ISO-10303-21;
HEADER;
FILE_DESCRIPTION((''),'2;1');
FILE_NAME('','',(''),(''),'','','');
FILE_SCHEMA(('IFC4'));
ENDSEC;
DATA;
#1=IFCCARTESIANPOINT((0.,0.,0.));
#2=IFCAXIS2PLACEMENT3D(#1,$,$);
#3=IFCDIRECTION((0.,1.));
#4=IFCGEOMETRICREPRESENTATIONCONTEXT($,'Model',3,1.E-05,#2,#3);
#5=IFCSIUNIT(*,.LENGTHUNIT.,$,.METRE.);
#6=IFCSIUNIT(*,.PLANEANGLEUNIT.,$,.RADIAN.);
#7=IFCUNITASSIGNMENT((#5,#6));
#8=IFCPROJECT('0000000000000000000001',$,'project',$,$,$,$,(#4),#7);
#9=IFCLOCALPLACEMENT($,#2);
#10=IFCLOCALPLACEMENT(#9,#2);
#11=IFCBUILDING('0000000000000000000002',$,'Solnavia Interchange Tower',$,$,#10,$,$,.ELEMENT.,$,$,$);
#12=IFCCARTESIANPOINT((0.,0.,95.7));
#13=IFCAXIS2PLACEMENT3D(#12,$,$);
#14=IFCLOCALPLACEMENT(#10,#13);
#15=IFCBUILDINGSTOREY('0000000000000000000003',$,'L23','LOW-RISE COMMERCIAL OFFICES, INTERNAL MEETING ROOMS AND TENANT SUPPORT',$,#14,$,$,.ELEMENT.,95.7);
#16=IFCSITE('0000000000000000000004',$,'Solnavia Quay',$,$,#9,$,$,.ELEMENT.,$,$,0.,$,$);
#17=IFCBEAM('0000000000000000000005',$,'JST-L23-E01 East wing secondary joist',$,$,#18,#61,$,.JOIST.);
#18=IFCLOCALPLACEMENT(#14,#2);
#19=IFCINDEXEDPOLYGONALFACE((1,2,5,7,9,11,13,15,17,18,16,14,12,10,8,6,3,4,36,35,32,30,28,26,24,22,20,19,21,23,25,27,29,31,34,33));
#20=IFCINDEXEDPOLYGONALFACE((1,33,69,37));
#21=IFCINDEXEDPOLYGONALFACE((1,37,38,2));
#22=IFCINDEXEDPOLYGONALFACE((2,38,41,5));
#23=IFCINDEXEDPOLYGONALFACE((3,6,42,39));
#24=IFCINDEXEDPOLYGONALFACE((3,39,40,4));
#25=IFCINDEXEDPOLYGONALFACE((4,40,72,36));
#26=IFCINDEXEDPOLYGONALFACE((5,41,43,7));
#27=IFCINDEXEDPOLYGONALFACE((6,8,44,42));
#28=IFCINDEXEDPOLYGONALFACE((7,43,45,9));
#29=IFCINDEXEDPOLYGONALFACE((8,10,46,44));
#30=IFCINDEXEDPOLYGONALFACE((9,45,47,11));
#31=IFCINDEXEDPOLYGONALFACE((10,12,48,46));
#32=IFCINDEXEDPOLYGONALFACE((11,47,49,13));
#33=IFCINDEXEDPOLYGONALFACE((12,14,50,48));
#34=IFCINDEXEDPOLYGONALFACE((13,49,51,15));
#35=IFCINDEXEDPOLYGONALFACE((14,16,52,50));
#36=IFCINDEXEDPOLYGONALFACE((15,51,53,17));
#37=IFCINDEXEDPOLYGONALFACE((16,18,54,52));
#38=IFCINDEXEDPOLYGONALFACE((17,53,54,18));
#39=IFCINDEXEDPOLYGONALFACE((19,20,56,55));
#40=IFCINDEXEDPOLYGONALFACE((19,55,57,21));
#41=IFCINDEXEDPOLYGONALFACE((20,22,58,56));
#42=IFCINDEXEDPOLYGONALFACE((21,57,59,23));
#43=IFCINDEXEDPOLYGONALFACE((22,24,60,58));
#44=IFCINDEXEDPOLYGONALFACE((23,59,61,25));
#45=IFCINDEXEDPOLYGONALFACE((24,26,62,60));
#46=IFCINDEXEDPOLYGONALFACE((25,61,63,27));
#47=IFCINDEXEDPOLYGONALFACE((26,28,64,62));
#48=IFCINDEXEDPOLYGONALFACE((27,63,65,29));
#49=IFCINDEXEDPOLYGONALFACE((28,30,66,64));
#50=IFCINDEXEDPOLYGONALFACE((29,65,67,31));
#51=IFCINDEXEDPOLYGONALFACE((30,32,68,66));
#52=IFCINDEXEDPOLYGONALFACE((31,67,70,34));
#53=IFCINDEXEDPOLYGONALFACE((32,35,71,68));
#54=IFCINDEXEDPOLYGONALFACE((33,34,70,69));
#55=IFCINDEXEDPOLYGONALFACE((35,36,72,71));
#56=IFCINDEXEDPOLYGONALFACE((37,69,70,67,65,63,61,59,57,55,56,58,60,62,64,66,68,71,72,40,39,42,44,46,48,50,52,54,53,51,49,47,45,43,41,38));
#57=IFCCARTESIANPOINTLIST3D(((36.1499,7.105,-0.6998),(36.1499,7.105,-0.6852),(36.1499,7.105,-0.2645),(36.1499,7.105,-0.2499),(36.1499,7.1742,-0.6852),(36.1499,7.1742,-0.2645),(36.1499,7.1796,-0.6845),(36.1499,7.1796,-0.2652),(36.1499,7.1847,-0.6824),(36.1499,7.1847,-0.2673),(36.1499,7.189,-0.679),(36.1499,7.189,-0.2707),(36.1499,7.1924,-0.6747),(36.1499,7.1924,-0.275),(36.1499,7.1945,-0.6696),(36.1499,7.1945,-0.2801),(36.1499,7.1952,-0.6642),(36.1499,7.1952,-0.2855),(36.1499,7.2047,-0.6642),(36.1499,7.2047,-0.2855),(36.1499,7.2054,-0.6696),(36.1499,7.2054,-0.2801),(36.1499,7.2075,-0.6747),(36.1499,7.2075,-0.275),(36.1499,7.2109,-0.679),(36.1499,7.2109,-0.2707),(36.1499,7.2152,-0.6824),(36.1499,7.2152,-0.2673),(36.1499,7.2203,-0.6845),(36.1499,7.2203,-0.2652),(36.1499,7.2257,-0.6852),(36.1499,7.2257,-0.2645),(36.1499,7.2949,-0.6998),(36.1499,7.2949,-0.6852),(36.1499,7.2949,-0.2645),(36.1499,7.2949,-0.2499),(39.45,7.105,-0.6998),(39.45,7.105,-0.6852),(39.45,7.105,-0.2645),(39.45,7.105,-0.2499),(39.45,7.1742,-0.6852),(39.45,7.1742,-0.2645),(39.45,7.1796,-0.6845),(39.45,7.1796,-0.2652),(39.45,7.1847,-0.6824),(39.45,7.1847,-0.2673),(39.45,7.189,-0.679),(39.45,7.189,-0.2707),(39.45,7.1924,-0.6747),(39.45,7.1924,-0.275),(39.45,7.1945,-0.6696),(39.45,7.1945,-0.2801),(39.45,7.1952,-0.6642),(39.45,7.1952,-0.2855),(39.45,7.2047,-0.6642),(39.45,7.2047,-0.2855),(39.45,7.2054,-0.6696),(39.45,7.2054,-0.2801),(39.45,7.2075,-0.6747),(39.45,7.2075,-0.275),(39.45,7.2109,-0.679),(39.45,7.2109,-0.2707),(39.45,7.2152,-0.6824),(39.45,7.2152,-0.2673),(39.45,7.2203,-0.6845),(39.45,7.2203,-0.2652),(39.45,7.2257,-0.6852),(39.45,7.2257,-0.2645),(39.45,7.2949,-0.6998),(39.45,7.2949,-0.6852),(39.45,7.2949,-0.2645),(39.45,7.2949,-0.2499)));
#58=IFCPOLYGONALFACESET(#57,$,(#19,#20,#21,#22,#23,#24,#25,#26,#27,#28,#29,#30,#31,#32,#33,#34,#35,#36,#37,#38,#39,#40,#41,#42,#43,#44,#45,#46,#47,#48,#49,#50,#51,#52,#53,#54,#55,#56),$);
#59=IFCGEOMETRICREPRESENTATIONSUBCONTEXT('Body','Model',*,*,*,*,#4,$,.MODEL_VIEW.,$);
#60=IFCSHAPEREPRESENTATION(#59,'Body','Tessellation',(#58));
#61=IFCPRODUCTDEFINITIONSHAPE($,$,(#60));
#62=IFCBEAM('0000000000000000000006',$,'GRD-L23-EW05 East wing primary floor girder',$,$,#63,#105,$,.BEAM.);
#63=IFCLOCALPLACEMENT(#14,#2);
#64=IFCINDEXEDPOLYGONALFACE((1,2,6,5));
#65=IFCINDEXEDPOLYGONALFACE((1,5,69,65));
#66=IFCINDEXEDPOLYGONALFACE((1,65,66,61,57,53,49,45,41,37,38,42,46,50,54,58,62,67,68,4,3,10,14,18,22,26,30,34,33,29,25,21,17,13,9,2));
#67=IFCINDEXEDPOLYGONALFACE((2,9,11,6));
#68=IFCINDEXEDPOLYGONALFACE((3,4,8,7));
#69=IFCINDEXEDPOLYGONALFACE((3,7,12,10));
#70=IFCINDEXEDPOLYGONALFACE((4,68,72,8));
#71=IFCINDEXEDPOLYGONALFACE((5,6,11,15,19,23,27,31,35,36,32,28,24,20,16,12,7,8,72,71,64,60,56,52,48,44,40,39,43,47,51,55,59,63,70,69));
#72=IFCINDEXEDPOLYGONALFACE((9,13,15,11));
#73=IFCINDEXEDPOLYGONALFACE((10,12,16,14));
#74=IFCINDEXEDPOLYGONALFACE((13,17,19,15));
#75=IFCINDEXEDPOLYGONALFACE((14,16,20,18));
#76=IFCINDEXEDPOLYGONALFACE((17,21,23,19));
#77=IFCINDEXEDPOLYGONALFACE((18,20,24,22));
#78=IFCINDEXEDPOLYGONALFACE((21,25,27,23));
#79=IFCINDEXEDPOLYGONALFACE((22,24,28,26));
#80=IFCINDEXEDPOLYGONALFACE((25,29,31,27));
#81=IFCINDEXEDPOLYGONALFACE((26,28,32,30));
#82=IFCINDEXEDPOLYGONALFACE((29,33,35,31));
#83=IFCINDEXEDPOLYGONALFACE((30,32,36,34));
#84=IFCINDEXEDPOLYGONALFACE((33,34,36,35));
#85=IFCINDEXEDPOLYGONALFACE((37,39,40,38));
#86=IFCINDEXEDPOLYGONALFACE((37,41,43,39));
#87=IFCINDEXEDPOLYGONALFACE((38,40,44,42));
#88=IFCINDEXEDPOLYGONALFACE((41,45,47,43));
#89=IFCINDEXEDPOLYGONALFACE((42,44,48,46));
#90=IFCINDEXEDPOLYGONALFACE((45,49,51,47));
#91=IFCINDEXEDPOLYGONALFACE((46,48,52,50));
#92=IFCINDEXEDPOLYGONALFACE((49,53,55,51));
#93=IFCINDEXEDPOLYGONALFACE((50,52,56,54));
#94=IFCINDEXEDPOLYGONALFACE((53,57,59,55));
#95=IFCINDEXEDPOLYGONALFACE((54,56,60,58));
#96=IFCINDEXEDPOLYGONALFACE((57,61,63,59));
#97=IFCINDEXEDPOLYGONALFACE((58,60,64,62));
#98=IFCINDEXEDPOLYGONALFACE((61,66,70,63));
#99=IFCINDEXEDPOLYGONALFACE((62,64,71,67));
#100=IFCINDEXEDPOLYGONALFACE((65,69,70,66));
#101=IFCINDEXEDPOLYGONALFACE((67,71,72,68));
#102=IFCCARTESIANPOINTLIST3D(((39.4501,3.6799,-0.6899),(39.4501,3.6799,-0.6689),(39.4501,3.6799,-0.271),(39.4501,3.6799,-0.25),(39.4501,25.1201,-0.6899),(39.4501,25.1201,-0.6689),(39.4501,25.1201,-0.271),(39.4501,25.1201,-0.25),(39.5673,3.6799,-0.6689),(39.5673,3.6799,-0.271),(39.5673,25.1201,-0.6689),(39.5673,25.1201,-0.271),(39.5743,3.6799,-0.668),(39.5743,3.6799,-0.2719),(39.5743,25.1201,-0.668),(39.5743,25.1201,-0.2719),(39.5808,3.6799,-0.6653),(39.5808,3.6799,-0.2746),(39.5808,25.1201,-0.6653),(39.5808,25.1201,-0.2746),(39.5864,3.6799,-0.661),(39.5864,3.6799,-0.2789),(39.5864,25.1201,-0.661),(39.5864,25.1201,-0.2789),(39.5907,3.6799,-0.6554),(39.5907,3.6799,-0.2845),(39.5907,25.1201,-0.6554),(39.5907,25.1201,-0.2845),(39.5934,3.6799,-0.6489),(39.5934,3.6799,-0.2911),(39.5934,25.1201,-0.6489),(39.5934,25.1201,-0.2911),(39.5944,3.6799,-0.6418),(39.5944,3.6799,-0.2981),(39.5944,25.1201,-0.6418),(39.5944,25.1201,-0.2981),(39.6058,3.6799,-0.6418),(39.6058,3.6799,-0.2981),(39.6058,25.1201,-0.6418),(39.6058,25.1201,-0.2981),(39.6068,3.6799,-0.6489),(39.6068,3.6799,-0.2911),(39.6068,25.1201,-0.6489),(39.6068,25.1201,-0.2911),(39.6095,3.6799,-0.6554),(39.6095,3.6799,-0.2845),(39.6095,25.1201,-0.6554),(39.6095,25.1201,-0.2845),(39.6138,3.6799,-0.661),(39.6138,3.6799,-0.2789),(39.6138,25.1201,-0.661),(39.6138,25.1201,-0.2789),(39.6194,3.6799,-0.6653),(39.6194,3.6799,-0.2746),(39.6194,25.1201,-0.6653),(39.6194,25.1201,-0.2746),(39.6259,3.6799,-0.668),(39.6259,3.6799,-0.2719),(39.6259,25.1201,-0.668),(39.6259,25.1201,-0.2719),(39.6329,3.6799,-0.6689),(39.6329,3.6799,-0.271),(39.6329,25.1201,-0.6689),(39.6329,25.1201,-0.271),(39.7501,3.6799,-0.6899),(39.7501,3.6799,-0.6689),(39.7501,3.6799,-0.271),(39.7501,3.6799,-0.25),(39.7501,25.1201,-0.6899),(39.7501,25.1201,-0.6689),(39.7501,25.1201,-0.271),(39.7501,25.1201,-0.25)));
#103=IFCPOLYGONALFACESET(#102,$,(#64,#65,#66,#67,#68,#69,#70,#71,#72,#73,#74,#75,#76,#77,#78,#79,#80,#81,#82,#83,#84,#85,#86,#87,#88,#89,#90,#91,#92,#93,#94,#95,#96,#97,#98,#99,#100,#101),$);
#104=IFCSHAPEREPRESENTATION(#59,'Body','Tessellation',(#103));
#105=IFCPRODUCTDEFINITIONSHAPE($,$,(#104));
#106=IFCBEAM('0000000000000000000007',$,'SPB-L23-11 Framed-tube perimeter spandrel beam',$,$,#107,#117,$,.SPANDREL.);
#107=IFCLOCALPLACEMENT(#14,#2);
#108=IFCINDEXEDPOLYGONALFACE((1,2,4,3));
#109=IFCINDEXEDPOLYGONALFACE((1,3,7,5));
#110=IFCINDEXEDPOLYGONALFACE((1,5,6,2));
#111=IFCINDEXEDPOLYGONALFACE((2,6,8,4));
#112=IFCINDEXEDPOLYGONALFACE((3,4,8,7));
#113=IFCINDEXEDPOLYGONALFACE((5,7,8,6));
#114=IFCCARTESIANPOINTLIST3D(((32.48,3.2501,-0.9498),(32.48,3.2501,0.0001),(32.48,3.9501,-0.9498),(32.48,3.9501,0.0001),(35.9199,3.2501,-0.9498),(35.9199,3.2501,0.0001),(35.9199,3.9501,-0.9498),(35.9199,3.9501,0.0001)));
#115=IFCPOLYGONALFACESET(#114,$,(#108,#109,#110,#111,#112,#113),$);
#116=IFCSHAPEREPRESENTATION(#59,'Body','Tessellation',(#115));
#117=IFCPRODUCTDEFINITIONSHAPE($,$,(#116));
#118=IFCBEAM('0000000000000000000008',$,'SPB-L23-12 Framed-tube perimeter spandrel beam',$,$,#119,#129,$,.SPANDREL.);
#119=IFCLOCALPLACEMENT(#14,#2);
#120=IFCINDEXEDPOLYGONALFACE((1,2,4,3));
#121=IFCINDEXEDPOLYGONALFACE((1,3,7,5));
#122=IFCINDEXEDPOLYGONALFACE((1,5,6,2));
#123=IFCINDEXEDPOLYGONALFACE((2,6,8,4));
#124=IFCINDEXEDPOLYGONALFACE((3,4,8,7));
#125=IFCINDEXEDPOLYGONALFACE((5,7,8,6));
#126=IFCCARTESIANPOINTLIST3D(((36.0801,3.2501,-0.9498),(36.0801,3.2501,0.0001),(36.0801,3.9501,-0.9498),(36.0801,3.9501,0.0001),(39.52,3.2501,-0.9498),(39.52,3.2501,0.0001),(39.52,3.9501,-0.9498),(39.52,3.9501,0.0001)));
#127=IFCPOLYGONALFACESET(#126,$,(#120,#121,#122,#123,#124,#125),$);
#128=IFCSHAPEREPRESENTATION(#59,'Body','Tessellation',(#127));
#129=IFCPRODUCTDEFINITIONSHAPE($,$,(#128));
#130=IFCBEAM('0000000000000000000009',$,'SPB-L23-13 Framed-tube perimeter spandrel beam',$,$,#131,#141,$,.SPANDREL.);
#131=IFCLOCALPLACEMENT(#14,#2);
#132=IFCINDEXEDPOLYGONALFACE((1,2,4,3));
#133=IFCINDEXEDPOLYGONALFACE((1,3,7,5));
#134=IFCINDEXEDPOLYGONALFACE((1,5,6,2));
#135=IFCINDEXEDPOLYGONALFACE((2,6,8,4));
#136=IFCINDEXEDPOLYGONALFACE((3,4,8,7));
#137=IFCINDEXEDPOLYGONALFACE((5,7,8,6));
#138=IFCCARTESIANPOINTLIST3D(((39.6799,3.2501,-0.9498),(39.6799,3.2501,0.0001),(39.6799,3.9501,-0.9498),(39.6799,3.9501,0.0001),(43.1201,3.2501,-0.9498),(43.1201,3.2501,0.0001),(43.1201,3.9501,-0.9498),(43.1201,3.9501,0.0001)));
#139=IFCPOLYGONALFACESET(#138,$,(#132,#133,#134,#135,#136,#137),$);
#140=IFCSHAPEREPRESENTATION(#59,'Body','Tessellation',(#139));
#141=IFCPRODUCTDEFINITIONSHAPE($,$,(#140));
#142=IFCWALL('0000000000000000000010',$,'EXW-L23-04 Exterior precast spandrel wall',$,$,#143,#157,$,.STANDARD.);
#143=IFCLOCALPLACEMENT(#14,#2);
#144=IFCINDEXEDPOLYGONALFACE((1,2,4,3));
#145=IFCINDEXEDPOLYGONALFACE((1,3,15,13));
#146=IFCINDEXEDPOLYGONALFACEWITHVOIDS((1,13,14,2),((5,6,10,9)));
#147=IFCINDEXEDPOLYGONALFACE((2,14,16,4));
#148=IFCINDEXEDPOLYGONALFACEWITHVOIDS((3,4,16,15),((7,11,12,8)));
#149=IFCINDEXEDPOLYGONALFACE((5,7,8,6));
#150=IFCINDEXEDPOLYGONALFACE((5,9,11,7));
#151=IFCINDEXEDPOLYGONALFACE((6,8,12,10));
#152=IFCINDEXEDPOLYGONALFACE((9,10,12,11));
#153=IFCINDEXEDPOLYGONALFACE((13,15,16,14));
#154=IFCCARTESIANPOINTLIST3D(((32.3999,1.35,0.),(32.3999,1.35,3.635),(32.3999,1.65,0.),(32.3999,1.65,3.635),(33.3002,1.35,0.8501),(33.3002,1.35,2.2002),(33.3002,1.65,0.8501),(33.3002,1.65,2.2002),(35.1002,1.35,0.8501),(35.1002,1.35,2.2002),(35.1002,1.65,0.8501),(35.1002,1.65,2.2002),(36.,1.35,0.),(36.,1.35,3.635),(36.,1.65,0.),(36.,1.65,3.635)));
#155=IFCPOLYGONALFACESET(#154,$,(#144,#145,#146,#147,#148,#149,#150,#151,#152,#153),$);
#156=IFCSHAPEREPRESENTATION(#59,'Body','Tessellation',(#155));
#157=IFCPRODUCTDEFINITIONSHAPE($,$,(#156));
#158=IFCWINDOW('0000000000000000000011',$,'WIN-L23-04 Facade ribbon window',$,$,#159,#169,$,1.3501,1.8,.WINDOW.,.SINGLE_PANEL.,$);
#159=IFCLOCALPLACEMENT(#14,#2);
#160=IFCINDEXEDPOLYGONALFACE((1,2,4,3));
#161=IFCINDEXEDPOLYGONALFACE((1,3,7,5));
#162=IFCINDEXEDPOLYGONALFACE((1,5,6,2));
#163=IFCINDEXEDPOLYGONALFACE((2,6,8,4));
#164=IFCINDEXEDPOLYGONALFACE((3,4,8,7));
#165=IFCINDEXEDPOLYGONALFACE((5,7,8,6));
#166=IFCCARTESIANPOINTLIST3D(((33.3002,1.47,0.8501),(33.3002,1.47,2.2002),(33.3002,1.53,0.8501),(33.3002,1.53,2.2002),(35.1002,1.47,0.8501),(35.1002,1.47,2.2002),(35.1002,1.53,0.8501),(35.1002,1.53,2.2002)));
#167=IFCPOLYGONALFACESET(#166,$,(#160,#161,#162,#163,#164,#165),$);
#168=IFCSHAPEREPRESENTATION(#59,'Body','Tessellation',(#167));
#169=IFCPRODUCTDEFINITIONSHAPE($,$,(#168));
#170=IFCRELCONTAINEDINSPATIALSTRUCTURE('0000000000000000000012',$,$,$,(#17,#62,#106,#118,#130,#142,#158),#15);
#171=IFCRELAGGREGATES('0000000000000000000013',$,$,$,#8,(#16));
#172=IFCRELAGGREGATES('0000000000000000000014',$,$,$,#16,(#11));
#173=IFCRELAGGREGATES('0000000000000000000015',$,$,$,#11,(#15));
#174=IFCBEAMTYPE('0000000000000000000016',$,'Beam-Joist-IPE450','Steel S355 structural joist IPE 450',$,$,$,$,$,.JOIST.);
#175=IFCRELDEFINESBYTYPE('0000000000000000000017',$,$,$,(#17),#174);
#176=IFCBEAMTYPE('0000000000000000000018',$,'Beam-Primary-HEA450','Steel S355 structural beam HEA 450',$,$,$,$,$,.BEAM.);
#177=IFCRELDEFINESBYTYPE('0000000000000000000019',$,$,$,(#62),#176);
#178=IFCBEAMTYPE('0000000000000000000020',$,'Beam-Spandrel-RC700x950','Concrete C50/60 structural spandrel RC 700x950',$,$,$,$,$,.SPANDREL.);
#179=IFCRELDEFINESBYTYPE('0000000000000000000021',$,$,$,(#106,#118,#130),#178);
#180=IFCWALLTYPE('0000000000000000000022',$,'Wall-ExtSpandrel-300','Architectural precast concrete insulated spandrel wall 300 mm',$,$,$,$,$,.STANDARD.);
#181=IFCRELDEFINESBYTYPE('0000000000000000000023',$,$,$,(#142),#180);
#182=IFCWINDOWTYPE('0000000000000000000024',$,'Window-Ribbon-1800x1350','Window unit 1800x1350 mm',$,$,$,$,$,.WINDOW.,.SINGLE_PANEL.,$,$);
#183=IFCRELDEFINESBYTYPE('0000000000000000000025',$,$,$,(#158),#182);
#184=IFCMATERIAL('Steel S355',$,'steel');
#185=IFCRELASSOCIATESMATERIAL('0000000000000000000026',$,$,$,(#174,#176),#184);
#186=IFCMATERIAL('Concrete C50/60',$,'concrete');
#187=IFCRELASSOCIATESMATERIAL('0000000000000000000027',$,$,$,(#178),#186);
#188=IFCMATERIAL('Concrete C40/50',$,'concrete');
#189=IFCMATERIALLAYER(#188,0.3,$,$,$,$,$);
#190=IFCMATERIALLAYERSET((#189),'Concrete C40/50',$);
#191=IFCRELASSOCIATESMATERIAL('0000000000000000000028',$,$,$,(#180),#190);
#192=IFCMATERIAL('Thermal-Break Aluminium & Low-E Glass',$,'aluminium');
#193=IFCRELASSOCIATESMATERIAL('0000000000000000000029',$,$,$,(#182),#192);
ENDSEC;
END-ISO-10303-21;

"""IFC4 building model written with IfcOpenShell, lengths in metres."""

from ifc_helpers import new_model, si_unit, direction, frame, frame_2d, origin, origin_2d, place, context, subcontext, project, spatial, rectangle, i_section, extrude, material, layer, layer_set, material_profile, profile_set, type_object, element, fill, save


model = new_model("IFC4")

# Units and contexts
model_context = context("Model", 3, precision=1e-05, world=origin(), true_north=direction((0.0, 1.0)))
body_context = subcontext(model_context, "Body", "Model", "MODEL_VIEW")
ifc_project = project(units=[si_unit("LENGTHUNIT", "METRE"), si_unit("PLANEANGLEUNIT", "RADIAN")], contexts=[model_context])

# Site, building, storey
site_placement = place(None, origin())
site = spatial("IfcSite", under=ifc_project, at=site_placement, Name="Solnavia Quay", CompositionType="ELEMENT", RefElevation=0.0)
building_placement = place(site_placement, origin())
building = spatial("IfcBuilding", under=site, at=building_placement, Name="Solnavia Interchange Tower", CompositionType="ELEMENT")
storey_placement = place(building_placement, frame((0.0, 0.0, 95.7)))
storey = spatial("IfcBuildingStorey", under=building, at=storey_placement, Name="L23", Description="LOW-RISE COMMERCIAL OFFICES, INTERNAL MEETING ROOMS AND TENANT SUPPORT", CompositionType="ELEMENT", Elevation=95.7)

# Shared definitions
ifc_material_1 = material(Name="Concrete C50/60", Category="concrete")
ifc_material_2 = material(Name="Steel S355", Category="steel")

# Beams
ifc_material_profile_1 = material_profile(ifc_material_2, i_section(OverallWidth=0.1899, OverallDepth=0.45, WebThickness=0.0095, FlangeThickness=0.0146, FilletRadius=0.021, at=origin_2d()), Name="IPE 450")
ifc_profile_set_1 = profile_set([ifc_material_profile_1], Name="Steel S355")
beam_type_1 = type_object("IfcBeamType", Name="Beam-Joist-IPE450", Description="Steel S355 structural joist IPE 450", PredefinedType="JOIST", material=ifc_profile_set_1)
beam_1_placement = place(storey_placement, frame((36.1499, 7.2, -0.4749), z_axis=(1.0, 0.0, 0.0), x_axis=(0.0, 1.0, 0.0)))
element("IfcBeam", 1, at=beam_1_placement, inside=storey, type_object=beam_type_1, Name="JST-L23-E01 East wing secondary joist", PredefinedType="JOIST", context=body_context, shape_type="SweptSolid", body=[
    extrude(i_section(OverallWidth=0.1899, OverallDepth=0.45, WebThickness=0.0095, FlangeThickness=0.0146, FilletRadius=0.021, at=origin_2d()), origin(), (0.0, 0.0, 1.0), 3.3),
])
ifc_material_profile_2 = material_profile(ifc_material_2, i_section(OverallWidth=0.3, OverallDepth=0.4399, WebThickness=0.0115, FlangeThickness=0.021, FilletRadius=0.0271, at=origin_2d()), Name="HEA 450")
ifc_profile_set_2 = profile_set([ifc_material_profile_2], Name="Steel S355")
beam_type_2 = type_object("IfcBeamType", Name="Beam-Primary-HEA450", Description="Steel S355 structural beam HEA 450", PredefinedType="BEAM", material=ifc_profile_set_2)
beam_2_placement = place(storey_placement, frame((39.6001, 3.6799, -0.47), z_axis=(0.0, 1.0, 0.0), x_axis=(-1.0, 0.0, 0.0)))
element("IfcBeam", 2, at=beam_2_placement, inside=storey, type_object=beam_type_2, Name="GRD-L23-EW05 East wing primary floor girder", PredefinedType="BEAM", context=body_context, shape_type="SweptSolid", body=[
    extrude(i_section(OverallWidth=0.3, OverallDepth=0.4399, WebThickness=0.0115, FlangeThickness=0.021, FilletRadius=0.0271, at=origin_2d()), origin(), (0.0, 0.0, 1.0), 21.4402),
])
ifc_material_profile_3 = material_profile(ifc_material_1, rectangle(XDim=0.7, YDim=0.95, at=origin_2d()), Name="RC 700x950")
ifc_profile_set_3 = profile_set([ifc_material_profile_3], Name="Concrete C50/60")
beam_type_3 = type_object("IfcBeamType", Name="Beam-Spandrel-RC700x950", Description="Concrete C50/60 structural spandrel RC 700x950", PredefinedType="SPANDREL", material=ifc_profile_set_3)
for number, where, z_axis, x_axis, name in (
    (3, (32.48, 3.6001, -0.4749), (1.0, 0.0, 0.0), (0.0, 1.0, 0.0), "SPB-L23-11 Framed-tube perimeter spandrel beam"),
    (4, (36.0801, 3.6001, -0.4749), (1.0, 0.0, 0.0), (0.0, 1.0, 0.0), "SPB-L23-12 Framed-tube perimeter spandrel beam"),
):
    element("IfcBeam", number, at=place(storey_placement, frame(where, z_axis=z_axis, x_axis=x_axis)), inside=storey, type_object=beam_type_3, Name=name, PredefinedType="SPANDREL", context=body_context, shape_type="SweptSolid", body=[
        extrude(rectangle(XDim=0.7, YDim=0.95, at=origin_2d()), origin(), (0.0, 0.0, 1.0), 3.4399),
    ])
beam_3_placement = place(storey_placement, frame((39.6799, 3.6001, -0.4749), z_axis=(1.0, 0.0, 0.0), x_axis=(0.0, 1.0, 0.0)))
element("IfcBeam", 5, at=beam_3_placement, inside=storey, type_object=beam_type_3, Name="SPB-L23-13 Framed-tube perimeter spandrel beam", PredefinedType="SPANDREL", context=body_context, shape_type="SweptSolid", body=[
    extrude(rectangle(XDim=0.7, YDim=0.95, at=origin_2d()), origin(), (0.0, 0.0, 1.0), 3.4402),
])

# Wall, opening, window
ifc_material_3 = material(Name="Concrete C40/50", Category="concrete")
ifc_layer_1 = layer(ifc_material_3, 0.3)
ifc_layer_set_1 = layer_set([ifc_layer_1], Name="Concrete C40/50")
wall_type_1 = type_object("IfcWallType", Name="Wall-ExtSpandrel-300", Description="Architectural precast concrete insulated spandrel wall 300 mm", PredefinedType="STANDARD", material=ifc_layer_set_1)
wall_1_placement = place(storey_placement, frame((36.0, 1.5, 0.0), z_axis=(0.0, 0.0, 1.0), x_axis=(-1.0, 0.0, 0.0)))
wall_1 = element("IfcWall", 6, at=wall_1_placement, inside=storey, type_object=wall_type_1, Name="EXW-L23-04 Exterior precast spandrel wall", PredefinedType="STANDARD", context=body_context, shape_type="SweptSolid", body=[
    extrude(rectangle(XDim=3.6001, YDim=0.3, at=frame_2d((1.8, 0.0))), origin(), (0.0, 0.0, 1.0), 3.635),
])
opening_1_placement = place(wall_1_placement, frame((0.8999, 0.0, 0.8501)))
opening_1 = element("IfcOpeningElement", 7, at=opening_1_placement, cuts=wall_1, PredefinedType="OPENING", context=body_context, shape_type="SweptSolid", body=[
    extrude(rectangle(XDim=1.8, YDim=1.3501, at=frame_2d((0.8999, 0.675))), frame((0.0, 0.1602, 0.0), z_axis=(0.0, -1.0, 0.0), x_axis=(1.0, 0.0, 0.0)), (0.0, 0.0, 1.0), 0.3201),
])
ifc_material_4 = material(Name="Thermal-Break Aluminium & Low-E Glass", Category="aluminium")
window_type = type_object("IfcWindowType", Name="Window-Ribbon-1800x1350", Description="Window unit 1800x1350 mm", PartitioningType="SINGLE_PANEL", PredefinedType="WINDOW", material=ifc_material_4)
window_1_placement = place(opening_1_placement, origin())
window_1 = element("IfcWindow", 8, at=window_1_placement, inside=storey, type_object=window_type, Name="WIN-L23-04 Facade ribbon window", OverallHeight=1.3501, OverallWidth=1.8, PartitioningType="SINGLE_PANEL", PredefinedType="WINDOW", context=body_context, shape_type="SweptSolid", body=[
    extrude(rectangle(XDim=1.8, YDim=1.3501, at=frame_2d((0.8999, 0.675))), frame((0.0, 0.03, 0.0), z_axis=(0.0, -1.0, 0.0), x_axis=(1.0, 0.0, 0.0)), (0.0, 0.0, 1.0), 0.0601),
])
fill(opening_1, window_1)

save(model, "model.ifc")
